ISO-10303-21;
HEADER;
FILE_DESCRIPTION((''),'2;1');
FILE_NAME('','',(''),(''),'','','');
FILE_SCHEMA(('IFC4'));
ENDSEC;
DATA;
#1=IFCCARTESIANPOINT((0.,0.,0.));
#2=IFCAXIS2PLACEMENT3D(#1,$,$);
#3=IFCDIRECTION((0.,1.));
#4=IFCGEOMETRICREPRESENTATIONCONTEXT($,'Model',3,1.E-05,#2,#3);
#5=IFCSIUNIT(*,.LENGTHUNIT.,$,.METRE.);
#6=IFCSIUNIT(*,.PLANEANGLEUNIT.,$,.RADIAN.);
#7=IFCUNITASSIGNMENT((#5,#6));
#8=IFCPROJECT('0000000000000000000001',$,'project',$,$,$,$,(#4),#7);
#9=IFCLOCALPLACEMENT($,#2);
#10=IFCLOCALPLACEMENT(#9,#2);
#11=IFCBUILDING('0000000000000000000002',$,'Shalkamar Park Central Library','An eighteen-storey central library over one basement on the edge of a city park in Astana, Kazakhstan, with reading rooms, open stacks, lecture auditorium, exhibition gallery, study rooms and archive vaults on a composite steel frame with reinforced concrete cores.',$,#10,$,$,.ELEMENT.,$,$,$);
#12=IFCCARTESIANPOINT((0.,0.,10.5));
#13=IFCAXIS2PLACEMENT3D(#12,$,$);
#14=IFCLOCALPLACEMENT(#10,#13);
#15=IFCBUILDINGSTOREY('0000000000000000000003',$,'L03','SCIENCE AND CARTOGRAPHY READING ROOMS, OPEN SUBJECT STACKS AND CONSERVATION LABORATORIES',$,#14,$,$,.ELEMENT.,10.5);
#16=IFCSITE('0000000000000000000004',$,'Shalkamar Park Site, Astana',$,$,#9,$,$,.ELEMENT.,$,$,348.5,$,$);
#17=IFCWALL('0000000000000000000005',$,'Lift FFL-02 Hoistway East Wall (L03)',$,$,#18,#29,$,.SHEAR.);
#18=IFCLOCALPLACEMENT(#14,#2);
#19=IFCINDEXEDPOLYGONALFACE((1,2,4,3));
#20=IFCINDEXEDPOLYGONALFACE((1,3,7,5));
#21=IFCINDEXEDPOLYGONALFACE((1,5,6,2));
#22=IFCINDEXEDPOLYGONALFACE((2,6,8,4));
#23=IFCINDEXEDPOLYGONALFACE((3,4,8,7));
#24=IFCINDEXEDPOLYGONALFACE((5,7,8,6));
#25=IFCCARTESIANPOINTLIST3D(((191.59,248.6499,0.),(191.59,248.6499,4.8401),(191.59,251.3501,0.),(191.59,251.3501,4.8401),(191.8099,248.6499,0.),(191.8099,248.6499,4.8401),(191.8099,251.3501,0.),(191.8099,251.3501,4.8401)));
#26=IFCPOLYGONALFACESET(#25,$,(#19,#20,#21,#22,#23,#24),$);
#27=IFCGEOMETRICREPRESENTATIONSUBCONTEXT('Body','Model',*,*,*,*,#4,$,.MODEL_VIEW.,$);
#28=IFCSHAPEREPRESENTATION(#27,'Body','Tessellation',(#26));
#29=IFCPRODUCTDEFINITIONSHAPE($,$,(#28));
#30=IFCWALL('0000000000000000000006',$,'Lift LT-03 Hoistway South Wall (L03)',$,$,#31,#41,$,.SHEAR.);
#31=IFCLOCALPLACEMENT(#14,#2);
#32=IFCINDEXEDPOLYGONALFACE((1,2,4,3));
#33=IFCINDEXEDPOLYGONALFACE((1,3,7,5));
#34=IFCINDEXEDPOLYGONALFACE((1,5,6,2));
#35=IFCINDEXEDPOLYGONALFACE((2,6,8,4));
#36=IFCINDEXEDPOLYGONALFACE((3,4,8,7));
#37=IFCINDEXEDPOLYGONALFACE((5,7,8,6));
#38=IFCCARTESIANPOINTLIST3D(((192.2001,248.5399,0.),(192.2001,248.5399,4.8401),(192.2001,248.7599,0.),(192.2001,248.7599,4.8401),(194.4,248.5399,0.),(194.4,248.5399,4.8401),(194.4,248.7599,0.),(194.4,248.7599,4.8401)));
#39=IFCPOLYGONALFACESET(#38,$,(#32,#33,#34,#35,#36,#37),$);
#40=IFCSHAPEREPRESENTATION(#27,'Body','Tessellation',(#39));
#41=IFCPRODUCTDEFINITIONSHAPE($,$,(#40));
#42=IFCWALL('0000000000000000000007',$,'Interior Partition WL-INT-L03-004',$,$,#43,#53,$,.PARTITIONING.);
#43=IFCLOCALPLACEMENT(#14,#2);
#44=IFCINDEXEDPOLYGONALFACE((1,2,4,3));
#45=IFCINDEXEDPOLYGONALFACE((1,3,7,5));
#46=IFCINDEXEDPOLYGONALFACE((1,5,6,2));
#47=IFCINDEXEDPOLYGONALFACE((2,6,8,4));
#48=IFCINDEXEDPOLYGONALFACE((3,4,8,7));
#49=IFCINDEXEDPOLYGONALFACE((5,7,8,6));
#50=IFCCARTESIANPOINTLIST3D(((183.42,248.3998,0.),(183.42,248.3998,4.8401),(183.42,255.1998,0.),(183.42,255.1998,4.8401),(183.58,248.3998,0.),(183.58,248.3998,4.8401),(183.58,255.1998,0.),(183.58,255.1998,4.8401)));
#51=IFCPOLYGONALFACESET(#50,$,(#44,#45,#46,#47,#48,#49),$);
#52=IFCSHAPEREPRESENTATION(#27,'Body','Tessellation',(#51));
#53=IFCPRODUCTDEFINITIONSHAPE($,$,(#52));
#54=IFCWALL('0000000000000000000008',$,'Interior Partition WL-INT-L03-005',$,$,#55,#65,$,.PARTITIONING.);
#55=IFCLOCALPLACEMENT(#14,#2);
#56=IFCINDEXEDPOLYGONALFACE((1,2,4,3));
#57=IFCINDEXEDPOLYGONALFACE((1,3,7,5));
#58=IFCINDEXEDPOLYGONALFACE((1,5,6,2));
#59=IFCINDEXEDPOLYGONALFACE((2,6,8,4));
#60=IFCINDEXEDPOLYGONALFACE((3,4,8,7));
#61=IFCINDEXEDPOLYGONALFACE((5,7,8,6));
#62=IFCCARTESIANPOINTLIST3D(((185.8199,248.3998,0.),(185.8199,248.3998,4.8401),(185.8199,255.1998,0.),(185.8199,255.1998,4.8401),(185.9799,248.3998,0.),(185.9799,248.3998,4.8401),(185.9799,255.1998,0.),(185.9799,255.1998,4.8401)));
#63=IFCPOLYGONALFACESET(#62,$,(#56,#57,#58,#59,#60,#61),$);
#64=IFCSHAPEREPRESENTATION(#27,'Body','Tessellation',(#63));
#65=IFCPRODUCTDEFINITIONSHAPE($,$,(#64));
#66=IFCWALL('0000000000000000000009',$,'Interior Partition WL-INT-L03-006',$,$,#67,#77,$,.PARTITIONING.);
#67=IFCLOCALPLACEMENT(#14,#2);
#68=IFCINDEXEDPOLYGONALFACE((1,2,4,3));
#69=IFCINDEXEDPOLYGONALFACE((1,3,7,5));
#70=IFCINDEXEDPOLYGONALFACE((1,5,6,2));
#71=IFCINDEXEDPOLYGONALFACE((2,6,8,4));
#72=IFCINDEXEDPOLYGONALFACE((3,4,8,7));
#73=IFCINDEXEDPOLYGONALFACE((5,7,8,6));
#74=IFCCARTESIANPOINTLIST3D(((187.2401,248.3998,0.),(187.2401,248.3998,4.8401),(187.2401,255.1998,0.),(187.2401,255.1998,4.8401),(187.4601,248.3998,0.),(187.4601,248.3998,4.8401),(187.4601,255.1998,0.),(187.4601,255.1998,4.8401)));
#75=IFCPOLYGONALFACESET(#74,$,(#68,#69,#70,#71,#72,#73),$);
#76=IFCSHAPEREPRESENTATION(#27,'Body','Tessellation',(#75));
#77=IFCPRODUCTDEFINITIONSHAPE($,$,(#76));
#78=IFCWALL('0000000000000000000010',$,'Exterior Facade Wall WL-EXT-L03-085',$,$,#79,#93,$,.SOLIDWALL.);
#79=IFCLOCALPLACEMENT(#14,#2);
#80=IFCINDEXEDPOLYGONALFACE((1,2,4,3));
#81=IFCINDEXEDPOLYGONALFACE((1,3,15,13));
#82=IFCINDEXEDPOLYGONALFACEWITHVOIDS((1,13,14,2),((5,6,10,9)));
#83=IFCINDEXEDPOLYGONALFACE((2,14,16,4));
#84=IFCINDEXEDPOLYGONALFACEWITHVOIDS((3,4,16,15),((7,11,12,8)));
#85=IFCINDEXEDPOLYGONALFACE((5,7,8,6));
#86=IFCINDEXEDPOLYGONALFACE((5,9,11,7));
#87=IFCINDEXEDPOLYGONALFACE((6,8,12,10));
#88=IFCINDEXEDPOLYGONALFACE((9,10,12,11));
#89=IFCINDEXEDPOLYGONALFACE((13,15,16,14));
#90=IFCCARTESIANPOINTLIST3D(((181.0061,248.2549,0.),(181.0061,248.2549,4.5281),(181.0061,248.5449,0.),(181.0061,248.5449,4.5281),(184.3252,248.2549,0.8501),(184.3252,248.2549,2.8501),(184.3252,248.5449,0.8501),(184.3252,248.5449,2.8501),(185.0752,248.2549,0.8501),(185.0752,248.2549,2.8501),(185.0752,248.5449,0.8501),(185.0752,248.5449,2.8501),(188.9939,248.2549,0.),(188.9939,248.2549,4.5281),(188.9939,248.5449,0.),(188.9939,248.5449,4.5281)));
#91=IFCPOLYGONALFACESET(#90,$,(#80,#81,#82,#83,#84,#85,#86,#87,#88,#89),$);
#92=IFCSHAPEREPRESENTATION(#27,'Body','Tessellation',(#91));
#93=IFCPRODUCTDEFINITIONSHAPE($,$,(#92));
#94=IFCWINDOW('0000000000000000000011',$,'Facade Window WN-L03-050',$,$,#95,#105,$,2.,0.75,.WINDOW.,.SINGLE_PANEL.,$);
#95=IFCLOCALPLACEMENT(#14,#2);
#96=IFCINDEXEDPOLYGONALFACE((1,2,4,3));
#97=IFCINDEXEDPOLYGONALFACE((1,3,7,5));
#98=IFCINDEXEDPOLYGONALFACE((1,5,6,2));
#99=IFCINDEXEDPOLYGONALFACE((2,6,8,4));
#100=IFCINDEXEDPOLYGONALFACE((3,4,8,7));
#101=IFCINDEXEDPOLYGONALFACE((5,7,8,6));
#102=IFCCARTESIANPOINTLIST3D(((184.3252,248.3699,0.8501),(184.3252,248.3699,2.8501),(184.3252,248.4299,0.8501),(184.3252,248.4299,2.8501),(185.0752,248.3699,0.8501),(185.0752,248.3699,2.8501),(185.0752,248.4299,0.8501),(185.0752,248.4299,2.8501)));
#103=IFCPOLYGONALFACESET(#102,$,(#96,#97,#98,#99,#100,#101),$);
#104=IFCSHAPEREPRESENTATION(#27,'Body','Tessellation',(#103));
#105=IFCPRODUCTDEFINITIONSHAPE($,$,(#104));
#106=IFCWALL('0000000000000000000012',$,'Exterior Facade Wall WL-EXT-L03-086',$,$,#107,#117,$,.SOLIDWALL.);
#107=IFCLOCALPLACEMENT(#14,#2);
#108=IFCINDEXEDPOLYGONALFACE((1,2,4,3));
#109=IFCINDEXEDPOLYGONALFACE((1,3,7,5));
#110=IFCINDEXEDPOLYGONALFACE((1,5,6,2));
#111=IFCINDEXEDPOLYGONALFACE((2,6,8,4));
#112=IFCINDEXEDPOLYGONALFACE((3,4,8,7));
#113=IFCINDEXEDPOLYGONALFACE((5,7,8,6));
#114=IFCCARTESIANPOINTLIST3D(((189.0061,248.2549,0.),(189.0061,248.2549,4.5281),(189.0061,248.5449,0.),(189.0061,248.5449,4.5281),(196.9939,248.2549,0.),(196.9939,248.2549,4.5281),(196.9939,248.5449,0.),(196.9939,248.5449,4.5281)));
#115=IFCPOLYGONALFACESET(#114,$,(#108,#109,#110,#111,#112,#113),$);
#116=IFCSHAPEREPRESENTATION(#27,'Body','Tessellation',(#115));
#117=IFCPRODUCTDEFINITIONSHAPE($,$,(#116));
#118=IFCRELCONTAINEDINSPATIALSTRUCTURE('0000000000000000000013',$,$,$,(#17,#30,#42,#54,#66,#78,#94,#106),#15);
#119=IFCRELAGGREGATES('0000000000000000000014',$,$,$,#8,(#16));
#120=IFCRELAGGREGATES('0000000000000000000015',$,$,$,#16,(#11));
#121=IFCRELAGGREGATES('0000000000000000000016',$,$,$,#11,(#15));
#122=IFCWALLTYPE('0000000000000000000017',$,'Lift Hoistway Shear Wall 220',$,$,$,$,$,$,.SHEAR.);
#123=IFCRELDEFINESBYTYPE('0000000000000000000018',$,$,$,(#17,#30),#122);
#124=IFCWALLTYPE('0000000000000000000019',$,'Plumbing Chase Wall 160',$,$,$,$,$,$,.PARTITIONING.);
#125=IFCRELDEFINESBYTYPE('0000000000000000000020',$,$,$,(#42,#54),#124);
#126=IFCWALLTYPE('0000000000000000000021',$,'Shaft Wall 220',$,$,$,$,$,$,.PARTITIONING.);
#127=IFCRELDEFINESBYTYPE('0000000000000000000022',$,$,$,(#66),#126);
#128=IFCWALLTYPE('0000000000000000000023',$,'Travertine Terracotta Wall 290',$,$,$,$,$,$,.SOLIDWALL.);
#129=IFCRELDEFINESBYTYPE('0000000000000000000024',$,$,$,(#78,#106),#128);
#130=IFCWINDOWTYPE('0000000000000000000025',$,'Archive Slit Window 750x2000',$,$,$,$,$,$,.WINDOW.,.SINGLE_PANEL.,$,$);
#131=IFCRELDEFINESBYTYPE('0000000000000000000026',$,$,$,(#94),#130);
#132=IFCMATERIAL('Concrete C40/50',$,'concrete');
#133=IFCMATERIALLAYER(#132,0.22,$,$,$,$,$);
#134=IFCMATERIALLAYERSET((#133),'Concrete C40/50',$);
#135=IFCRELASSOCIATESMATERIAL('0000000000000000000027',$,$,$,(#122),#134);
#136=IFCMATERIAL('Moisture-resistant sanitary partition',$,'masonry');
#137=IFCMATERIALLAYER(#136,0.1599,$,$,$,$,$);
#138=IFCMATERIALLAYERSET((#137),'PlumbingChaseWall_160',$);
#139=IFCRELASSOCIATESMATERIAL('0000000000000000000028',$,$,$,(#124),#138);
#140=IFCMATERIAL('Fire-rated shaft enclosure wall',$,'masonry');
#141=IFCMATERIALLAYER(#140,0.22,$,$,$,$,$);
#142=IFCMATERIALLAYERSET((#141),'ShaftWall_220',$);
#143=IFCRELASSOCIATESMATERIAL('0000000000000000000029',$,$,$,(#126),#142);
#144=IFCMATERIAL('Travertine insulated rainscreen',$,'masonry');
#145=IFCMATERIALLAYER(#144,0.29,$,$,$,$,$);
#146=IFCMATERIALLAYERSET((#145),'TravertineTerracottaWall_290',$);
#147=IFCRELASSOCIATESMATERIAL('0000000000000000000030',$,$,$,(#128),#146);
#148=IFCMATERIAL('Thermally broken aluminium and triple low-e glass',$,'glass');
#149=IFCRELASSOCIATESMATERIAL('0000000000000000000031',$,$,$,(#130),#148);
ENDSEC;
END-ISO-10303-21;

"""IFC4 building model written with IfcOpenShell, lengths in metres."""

from ifc_helpers import new_model, si_unit, direction, frame, frame_2d, origin, place, context, subcontext, project, spatial, rectangle, extrude, material, layer, layer_set, type_object, element, fill, save


model = new_model("IFC4")

# Units and contexts
model_context = context("Model", 3, precision=1e-05, world=origin(), true_north=direction((0.0, 1.0)))
body_context = subcontext(model_context, "Body", "Model", "MODEL_VIEW")
ifc_project = project(units=[si_unit("LENGTHUNIT", "METRE"), si_unit("PLANEANGLEUNIT", "RADIAN")], contexts=[model_context])

# Site, building, storey
site_placement = place(None, origin())
site = spatial("IfcSite", under=ifc_project, at=site_placement, Name="Shalkamar Park Site, Astana", CompositionType="ELEMENT", RefElevation=348.5)
building_placement = place(site_placement, origin())
building = spatial("IfcBuilding", under=site, at=building_placement, Name="Shalkamar Park Central Library", Description="An eighteen-storey central library over one basement on the edge of a city park in Astana, Kazakhstan, with reading rooms, open stacks, lecture auditorium, exhibition gallery, study rooms and archive vaults on a composite steel frame with reinforced concrete cores.", CompositionType="ELEMENT")
storey_placement = place(building_placement, frame((0.0, 0.0, 10.5)))
storey = spatial("IfcBuildingStorey", under=building, at=storey_placement, Name="L03", Description="SCIENCE AND CARTOGRAPHY READING ROOMS, OPEN SUBJECT STACKS AND CONSERVATION LABORATORIES", CompositionType="ELEMENT", Elevation=10.5)

# Walls
ifc_material_1 = material(Name="Concrete C40/50", Category="concrete")
ifc_layer_1 = layer(ifc_material_1, 0.22)
ifc_layer_set_1 = layer_set([ifc_layer_1], Name="Concrete C40/50")
wall_type_1 = type_object("IfcWallType", Name="Lift Hoistway Shear Wall 220", PredefinedType="SHEAR", material=ifc_layer_set_1)
for number, where, z_axis, x_axis, name in (
    (1, (191.7, 248.6499, 0.0), (0.0, 0.0, 1.0), (0.0, 1.0, 0.0), "Lift FFL-02 Hoistway East Wall (L03)"),
):
    element("IfcWall", number, at=place(storey_placement, frame(where, z_axis=z_axis, x_axis=x_axis)), inside=storey, type_object=wall_type_1, Name=name, PredefinedType="SHEAR", context=body_context, shape_type="SweptSolid", body=[
        extrude(rectangle(XDim=2.7002, YDim=0.22, at=frame_2d((1.3501, 0.0))), origin(), (0.0, 0.0, 1.0), 4.8401),
    ])
wall_1_placement = place(storey_placement, frame((192.2, 248.6499, 0.0), z_axis=(0.0, 0.0, 1.0), x_axis=(1.0, 0.0, 0.0)))
element("IfcWall", 2, at=wall_1_placement, inside=storey, type_object=wall_type_1, Name="Lift LT-03 Hoistway South Wall (L03)", PredefinedType="SHEAR", context=body_context, shape_type="SweptSolid", body=[
    extrude(rectangle(XDim=2.2, YDim=0.22, at=frame_2d((1.1001, 0.0))), origin(), (0.0, 0.0, 1.0), 4.8401),
])
ifc_material_2 = material(Name="Moisture-resistant sanitary partition", Category="masonry")
ifc_layer_2 = layer(ifc_material_2, 0.1599)
ifc_layer_set_2 = layer_set([ifc_layer_2], Name="PlumbingChaseWall_160")
wall_type_2 = type_object("IfcWallType", Name="Plumbing Chase Wall 160", PredefinedType="PARTITIONING", material=ifc_layer_set_2)
for number, where, z_axis, x_axis, name in (
    (3, (183.5, 248.3999, 0.0), (0.0, 0.0, 1.0), (0.0, 1.0, 0.0), "Interior Partition WL-INT-L03-004"),
    (4, (185.8999, 248.3999, 0.0), (0.0, 0.0, 1.0), (0.0, 1.0, 0.0), "Interior Partition WL-INT-L03-005"),
):
    element("IfcWall", number, at=place(storey_placement, frame(where, z_axis=z_axis, x_axis=x_axis)), inside=storey, type_object=wall_type_2, Name=name, PredefinedType="PARTITIONING", context=body_context, shape_type="SweptSolid", body=[
        extrude(rectangle(XDim=6.8, YDim=0.1599, at=frame_2d((3.3999, 0.0))), origin(), (0.0, 0.0, 1.0), 4.8401),
    ])
ifc_material_3 = material(Name="Fire-rated shaft enclosure wall", Category="masonry")
ifc_layer_3 = layer(ifc_material_3, 0.22)
ifc_layer_set_3 = layer_set([ifc_layer_3], Name="ShaftWall_220")
wall_type_3 = type_object("IfcWallType", Name="Shaft Wall 220", PredefinedType="PARTITIONING", material=ifc_layer_set_3)
wall_2_placement = place(storey_placement, frame((187.3501, 248.3999, 0.0), z_axis=(0.0, 0.0, 1.0), x_axis=(0.0, 1.0, 0.0)))
element("IfcWall", 5, at=wall_2_placement, inside=storey, type_object=wall_type_3, Name="Interior Partition WL-INT-L03-006", PredefinedType="PARTITIONING", context=body_context, shape_type="SweptSolid", body=[
    extrude(rectangle(XDim=6.8, YDim=0.22, at=frame_2d((3.3999, 0.0))), origin(), (0.0, 0.0, 1.0), 4.8401),
])

# Wall, opening, window
ifc_material_4 = material(Name="Travertine insulated rainscreen", Category="masonry")
ifc_layer_4 = layer(ifc_material_4, 0.29)
ifc_layer_set_4 = layer_set([ifc_layer_4], Name="TravertineTerracottaWall_290")
wall_type_4 = type_object("IfcWallType", Name="Travertine Terracotta Wall 290", PredefinedType="SOLIDWALL", material=ifc_layer_set_4)
wall_3_placement = place(storey_placement, frame((181.0061, 248.3999, 0.0), z_axis=(0.0, 0.0, 1.0), x_axis=(1.0, 0.0, 0.0)))
wall_3 = element("IfcWall", 6, at=wall_3_placement, inside=storey, type_object=wall_type_4, Name="Exterior Facade Wall WL-EXT-L03-085", PredefinedType="SOLIDWALL", context=body_context, shape_type="SweptSolid", body=[
    extrude(rectangle(XDim=7.9878, YDim=0.29, at=frame_2d((3.9939, 0.0))), origin(), (0.0, 0.0, 1.0), 4.5281),
])
opening_placement = place(wall_3_placement, frame((3.3191, 0.0, 0.8501)))
opening = element("IfcOpeningElement", 7, at=opening_placement, cuts=wall_3, PredefinedType="OPENING", context=body_context, shape_type="SweptSolid", body=[
    extrude(rectangle(XDim=0.75, YDim=2.0, at=frame_2d((0.375, 1.0))), frame((0.0, 0.1599, 0.0), z_axis=(0.0, -1.0, 0.0), x_axis=(1.0, 0.0, 0.0)), (0.0, 0.0, 1.0), 0.3198),
])
ifc_material_5 = material(Name="Thermally broken aluminium and triple low-e glass", Category="glass")
window_type = type_object("IfcWindowType", Name="Archive Slit Window 750x2000", PartitioningType="SINGLE_PANEL", PredefinedType="WINDOW", material=ifc_material_5)
window_placement = place(opening_placement, origin())
window = element("IfcWindow", 8, at=window_placement, inside=storey, type_object=window_type, Name="Facade Window WN-L03-050", OverallHeight=2.0, OverallWidth=0.75, PartitioningType="SINGLE_PANEL", PredefinedType="WINDOW", context=body_context, shape_type="SweptSolid", body=[
    extrude(rectangle(XDim=0.75, YDim=2.0, at=frame_2d((0.375, 1.0))), frame((0.0, 0.03, 0.0), z_axis=(0.0, -1.0, 0.0), x_axis=(1.0, 0.0, 0.0)), (0.0, 0.0, 1.0), 0.0601),
])
fill(opening, window)

# Wall
wall_4_placement = place(storey_placement, frame((189.0061, 248.3999, 0.0), z_axis=(0.0, 0.0, 1.0), x_axis=(1.0, 0.0, 0.0)))
element("IfcWall", 9, at=wall_4_placement, inside=storey, type_object=wall_type_4, Name="Exterior Facade Wall WL-EXT-L03-086", PredefinedType="SOLIDWALL", context=body_context, shape_type="SweptSolid", body=[
    extrude(rectangle(XDim=7.9878, YDim=0.29, at=frame_2d((3.9939, 0.0))), origin(), (0.0, 0.0, 1.0), 4.5281),
])

save(model, "model.ifc")
